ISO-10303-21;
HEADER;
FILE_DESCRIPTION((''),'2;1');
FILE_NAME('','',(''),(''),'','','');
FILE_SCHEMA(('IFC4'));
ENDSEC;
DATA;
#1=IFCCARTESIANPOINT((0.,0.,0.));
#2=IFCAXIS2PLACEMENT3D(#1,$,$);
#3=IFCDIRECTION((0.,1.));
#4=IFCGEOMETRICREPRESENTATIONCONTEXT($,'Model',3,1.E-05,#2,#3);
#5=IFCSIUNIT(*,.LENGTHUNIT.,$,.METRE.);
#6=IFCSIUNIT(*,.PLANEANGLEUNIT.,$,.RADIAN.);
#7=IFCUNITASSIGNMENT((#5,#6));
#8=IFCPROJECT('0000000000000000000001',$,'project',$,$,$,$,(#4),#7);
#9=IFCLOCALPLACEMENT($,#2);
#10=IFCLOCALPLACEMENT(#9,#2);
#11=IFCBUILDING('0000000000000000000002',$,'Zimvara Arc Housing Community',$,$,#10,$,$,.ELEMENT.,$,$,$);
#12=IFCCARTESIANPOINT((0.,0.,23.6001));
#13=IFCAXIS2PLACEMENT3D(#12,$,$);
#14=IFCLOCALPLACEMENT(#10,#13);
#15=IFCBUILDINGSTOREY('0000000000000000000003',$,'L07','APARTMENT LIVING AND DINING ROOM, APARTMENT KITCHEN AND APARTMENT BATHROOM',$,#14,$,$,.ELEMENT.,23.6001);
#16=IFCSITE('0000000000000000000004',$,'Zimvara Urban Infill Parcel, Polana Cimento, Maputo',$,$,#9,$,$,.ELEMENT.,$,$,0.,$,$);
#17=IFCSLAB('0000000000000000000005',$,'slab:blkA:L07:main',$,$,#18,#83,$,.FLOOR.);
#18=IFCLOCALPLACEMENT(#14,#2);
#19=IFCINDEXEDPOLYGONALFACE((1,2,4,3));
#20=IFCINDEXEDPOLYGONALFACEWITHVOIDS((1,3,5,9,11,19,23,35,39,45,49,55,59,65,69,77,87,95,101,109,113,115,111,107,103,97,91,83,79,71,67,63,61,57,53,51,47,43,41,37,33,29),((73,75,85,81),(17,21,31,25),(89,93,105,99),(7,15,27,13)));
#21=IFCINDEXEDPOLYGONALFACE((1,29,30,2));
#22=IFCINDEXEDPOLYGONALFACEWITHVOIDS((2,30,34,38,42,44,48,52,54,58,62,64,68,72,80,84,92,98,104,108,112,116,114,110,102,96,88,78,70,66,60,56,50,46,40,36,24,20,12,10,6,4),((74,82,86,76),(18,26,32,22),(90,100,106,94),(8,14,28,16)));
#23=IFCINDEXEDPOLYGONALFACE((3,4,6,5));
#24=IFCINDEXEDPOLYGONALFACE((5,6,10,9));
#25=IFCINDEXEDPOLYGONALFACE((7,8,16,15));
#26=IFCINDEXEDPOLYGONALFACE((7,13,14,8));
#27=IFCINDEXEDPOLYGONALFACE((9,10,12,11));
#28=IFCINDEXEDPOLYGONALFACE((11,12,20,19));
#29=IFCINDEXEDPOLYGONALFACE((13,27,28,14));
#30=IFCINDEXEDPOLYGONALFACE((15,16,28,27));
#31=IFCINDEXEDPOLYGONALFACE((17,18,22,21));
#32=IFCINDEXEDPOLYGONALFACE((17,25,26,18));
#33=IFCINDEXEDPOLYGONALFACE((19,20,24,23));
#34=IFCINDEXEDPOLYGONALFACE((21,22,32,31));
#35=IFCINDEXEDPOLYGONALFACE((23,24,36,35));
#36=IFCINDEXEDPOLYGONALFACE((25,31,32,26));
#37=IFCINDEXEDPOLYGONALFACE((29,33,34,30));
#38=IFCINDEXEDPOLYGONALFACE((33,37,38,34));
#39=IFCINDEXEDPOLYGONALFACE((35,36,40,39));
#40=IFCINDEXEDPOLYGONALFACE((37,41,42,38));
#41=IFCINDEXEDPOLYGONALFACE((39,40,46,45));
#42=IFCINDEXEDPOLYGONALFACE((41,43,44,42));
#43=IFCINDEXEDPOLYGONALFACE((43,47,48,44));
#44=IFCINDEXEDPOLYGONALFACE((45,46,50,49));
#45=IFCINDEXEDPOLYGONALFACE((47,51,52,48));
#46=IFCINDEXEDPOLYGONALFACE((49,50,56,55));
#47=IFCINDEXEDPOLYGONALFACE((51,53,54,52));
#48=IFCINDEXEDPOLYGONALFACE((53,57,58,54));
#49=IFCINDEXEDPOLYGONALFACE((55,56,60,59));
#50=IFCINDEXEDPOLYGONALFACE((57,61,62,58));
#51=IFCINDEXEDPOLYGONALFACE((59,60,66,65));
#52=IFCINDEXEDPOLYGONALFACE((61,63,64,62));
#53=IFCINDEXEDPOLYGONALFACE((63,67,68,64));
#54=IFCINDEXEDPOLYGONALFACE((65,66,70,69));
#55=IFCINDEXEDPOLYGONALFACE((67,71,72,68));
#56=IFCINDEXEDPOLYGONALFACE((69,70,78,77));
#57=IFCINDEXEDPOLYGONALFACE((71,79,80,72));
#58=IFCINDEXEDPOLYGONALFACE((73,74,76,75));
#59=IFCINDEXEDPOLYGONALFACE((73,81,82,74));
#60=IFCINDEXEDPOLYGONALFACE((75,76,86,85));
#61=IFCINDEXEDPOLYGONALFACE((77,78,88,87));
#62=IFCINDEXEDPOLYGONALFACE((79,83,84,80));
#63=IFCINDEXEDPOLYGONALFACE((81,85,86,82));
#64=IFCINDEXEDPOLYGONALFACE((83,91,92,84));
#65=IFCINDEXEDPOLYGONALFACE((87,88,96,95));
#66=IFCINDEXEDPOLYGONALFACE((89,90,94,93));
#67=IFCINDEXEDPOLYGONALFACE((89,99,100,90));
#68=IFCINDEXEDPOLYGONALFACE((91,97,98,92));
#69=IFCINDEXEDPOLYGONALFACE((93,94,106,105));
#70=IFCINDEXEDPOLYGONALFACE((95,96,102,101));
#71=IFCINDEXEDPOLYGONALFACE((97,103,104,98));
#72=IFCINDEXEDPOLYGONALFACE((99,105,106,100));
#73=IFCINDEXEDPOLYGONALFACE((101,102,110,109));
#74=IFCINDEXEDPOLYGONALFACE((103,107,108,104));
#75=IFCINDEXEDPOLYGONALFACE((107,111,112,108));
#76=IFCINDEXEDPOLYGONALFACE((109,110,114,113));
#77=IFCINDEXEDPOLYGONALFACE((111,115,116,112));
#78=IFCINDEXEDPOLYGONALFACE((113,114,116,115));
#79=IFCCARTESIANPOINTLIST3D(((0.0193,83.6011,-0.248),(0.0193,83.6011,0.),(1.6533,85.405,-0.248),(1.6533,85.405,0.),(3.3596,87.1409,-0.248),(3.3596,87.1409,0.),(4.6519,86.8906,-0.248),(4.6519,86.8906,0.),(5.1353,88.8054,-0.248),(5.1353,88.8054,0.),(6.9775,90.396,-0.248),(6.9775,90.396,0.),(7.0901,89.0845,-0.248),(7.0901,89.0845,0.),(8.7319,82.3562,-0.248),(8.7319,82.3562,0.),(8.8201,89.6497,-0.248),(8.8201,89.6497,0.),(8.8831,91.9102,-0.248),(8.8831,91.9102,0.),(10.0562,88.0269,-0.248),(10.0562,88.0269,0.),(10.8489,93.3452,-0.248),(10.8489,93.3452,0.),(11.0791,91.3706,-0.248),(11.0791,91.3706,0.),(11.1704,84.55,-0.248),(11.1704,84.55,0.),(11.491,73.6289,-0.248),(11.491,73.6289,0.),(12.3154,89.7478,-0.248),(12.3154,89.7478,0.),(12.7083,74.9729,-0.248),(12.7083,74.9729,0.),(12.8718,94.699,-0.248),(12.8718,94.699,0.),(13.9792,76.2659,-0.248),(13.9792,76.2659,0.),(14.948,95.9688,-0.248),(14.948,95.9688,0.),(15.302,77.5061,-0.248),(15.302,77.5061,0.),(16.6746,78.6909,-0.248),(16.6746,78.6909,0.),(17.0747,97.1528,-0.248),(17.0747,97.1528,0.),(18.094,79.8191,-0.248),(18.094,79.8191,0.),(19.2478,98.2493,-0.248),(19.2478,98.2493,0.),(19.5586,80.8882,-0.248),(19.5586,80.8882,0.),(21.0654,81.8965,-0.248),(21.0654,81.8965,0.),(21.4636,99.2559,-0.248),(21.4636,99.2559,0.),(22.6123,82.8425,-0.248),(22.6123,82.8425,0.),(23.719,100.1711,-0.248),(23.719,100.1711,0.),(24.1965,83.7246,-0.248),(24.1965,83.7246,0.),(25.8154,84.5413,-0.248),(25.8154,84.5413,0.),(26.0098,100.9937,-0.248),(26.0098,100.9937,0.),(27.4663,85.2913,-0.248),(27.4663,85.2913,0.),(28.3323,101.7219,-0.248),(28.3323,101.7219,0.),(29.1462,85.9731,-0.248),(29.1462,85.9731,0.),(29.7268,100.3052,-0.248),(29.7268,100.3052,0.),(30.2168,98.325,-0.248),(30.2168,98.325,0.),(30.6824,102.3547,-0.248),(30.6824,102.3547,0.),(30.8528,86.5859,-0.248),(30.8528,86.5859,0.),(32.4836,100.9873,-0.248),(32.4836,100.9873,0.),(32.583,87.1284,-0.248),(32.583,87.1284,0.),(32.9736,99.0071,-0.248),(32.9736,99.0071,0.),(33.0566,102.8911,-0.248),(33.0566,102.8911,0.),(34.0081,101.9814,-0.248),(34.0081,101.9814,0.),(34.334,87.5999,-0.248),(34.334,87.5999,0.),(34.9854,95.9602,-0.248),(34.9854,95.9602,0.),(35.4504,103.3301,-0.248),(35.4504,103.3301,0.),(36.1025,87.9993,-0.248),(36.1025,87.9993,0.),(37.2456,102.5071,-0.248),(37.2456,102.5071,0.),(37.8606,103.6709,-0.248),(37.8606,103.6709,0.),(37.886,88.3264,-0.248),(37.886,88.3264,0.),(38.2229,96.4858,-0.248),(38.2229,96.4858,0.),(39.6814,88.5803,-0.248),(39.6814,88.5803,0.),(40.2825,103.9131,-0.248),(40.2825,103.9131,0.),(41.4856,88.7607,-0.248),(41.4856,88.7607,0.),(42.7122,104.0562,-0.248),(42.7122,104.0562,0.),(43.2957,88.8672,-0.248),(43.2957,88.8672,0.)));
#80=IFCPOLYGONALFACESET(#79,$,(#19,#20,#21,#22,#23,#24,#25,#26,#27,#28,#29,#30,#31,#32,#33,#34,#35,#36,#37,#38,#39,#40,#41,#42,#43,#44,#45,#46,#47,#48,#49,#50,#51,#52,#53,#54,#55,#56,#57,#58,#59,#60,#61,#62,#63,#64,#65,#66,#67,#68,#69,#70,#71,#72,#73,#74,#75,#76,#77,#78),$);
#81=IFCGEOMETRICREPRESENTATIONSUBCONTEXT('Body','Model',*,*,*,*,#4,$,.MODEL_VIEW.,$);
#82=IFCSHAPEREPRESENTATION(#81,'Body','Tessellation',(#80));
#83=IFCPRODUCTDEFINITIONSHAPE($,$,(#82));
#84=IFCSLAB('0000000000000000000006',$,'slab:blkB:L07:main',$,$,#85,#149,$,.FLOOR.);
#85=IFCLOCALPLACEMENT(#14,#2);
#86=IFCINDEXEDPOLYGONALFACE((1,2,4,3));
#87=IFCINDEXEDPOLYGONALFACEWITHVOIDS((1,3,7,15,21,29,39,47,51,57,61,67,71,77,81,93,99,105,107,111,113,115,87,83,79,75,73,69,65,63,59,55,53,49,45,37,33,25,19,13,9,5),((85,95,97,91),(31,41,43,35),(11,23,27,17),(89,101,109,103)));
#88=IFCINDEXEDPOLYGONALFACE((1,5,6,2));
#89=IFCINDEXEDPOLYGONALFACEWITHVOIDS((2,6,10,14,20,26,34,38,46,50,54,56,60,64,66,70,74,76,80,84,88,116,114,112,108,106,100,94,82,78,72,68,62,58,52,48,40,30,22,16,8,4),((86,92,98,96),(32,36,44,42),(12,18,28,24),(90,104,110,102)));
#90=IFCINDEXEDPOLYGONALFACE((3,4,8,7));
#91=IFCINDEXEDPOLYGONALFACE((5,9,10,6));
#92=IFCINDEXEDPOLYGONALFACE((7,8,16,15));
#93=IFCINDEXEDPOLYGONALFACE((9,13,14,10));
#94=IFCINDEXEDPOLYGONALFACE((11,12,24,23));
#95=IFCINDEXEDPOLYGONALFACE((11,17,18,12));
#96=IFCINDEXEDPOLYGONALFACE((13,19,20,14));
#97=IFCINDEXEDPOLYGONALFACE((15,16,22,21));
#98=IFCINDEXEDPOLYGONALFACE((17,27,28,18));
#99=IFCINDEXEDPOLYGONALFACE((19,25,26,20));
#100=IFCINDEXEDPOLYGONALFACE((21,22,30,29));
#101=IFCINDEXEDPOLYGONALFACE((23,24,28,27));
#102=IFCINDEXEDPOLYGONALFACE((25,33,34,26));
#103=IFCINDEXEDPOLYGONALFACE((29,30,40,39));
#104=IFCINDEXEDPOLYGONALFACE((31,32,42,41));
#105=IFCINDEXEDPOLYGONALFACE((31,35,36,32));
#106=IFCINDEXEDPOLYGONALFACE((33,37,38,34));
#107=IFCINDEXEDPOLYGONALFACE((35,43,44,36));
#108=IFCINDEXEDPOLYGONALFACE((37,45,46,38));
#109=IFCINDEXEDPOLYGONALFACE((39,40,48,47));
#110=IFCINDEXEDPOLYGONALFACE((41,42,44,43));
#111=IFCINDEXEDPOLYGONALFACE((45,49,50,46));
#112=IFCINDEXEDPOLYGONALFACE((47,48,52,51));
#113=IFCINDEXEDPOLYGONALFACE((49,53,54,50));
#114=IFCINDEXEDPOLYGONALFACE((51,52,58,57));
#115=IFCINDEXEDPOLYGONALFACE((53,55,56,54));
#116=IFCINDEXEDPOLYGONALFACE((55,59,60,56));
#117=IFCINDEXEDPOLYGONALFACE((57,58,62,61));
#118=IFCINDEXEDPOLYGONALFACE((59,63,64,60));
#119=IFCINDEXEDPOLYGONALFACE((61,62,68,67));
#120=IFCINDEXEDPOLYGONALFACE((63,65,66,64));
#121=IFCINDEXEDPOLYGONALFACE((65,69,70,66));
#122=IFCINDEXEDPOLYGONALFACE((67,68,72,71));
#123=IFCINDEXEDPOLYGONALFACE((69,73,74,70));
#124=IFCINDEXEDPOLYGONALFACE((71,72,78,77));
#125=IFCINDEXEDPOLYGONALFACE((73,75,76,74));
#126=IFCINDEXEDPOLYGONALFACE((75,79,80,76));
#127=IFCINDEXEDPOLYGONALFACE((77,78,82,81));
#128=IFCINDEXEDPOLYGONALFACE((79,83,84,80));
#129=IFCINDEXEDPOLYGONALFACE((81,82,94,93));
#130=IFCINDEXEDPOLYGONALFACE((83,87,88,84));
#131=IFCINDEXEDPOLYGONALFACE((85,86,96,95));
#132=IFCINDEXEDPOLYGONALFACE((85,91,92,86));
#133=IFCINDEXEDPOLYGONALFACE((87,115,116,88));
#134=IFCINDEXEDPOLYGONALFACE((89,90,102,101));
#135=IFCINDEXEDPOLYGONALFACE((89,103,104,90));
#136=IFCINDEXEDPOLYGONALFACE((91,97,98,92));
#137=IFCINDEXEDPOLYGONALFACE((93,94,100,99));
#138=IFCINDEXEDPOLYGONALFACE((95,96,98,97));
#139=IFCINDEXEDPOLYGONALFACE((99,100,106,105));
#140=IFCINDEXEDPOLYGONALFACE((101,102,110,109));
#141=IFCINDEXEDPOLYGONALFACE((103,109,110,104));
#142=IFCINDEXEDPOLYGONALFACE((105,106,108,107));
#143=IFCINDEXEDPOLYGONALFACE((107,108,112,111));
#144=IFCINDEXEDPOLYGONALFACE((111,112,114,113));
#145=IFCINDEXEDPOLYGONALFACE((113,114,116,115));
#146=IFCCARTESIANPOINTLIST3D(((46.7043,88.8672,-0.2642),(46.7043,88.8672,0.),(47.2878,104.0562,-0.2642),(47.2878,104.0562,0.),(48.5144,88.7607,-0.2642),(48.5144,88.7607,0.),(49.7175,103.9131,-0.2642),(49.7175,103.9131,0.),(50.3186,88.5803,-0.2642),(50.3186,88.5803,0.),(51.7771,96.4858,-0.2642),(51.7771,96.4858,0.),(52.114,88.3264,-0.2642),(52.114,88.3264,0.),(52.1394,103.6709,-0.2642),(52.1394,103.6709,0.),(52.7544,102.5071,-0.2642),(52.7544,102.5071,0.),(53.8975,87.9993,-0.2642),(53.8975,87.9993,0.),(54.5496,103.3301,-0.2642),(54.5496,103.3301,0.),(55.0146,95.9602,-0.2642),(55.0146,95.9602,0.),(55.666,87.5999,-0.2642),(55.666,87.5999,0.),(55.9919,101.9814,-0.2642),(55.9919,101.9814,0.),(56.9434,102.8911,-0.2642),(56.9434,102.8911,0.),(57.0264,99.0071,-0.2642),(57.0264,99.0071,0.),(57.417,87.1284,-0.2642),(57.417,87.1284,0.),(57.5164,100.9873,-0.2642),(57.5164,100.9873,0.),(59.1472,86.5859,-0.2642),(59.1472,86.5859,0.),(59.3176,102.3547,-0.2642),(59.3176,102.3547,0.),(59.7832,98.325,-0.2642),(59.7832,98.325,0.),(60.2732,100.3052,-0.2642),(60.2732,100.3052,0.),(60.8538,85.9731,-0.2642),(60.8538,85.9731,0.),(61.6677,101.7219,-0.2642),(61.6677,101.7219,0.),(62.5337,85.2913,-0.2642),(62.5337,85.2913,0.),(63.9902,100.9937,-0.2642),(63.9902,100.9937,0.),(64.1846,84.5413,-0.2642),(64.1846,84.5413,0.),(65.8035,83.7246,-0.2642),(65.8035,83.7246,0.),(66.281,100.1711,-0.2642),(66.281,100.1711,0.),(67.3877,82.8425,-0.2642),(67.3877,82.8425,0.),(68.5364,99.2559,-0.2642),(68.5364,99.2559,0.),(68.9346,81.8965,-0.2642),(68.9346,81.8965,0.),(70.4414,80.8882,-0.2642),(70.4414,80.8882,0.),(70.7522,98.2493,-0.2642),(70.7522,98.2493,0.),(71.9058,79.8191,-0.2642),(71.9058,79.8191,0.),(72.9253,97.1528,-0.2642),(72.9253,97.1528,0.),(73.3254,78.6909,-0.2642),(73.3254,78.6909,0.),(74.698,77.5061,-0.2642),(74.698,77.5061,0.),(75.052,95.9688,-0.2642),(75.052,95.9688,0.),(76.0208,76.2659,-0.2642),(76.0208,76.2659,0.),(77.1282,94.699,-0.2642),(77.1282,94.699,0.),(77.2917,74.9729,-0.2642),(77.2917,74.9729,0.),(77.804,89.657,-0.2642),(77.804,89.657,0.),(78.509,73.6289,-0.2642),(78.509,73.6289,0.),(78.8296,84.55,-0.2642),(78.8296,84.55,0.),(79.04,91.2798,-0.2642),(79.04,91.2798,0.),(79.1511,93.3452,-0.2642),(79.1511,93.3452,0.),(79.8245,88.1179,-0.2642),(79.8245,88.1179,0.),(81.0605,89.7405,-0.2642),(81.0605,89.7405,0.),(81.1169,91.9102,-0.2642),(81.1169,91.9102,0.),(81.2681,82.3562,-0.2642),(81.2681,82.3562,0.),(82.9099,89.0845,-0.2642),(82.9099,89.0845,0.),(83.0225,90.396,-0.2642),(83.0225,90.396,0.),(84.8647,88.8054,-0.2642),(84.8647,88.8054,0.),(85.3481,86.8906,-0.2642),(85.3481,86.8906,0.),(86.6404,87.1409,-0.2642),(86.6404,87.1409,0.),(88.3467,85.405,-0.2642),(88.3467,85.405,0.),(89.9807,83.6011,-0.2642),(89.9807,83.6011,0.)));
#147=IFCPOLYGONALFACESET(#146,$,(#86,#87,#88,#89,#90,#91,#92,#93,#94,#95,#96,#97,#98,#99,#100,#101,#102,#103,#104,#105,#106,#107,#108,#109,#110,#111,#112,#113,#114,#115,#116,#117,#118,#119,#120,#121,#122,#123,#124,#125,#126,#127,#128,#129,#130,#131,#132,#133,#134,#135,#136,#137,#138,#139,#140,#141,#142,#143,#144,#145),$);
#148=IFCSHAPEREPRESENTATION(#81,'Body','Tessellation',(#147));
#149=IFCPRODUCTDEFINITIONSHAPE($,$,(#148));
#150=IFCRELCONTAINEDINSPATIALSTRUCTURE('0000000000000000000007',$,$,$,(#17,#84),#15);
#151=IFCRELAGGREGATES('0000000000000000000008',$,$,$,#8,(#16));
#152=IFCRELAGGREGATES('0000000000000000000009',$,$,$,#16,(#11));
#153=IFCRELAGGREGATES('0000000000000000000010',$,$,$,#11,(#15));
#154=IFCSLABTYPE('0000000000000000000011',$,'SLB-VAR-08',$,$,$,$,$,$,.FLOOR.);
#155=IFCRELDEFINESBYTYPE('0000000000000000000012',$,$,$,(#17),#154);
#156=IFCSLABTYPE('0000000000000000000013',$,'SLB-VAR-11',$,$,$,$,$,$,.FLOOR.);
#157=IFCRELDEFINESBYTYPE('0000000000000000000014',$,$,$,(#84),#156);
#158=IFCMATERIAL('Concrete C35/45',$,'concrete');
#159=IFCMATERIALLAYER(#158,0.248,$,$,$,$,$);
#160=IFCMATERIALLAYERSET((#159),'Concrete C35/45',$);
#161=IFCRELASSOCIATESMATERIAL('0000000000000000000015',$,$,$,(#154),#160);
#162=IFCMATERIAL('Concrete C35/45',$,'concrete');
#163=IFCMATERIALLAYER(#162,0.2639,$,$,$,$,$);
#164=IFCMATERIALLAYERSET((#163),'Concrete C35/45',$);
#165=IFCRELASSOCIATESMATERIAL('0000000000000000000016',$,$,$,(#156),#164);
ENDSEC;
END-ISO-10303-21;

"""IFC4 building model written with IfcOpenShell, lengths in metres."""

from ifc_helpers import new_model, si_unit, direction, frame, origin, place, context, subcontext, project, spatial, polyline, outline, extrude, material, layer, layer_set, type_object, element, save


model = new_model("IFC4")

# Units and contexts
model_context = context("Model", 3, precision=1e-05, world=origin(), true_north=direction((0.0, 1.0)))
body_context = subcontext(model_context, "Body", "Model", "MODEL_VIEW")
ifc_project = project(units=[si_unit("LENGTHUNIT", "METRE"), si_unit("PLANEANGLEUNIT", "RADIAN")], contexts=[model_context])

# Site, building, storey
site_placement = place(None, origin())
site = spatial("IfcSite", under=ifc_project, at=site_placement, Name="Zimvara Urban Infill Parcel, Polana Cimento, Maputo", CompositionType="ELEMENT", RefElevation=0.0)
building_placement = place(site_placement, origin())
building = spatial("IfcBuilding", under=site, at=building_placement, Name="Zimvara Arc Housing Community", CompositionType="ELEMENT")
storey_placement = place(building_placement, frame((0.0, 0.0, 23.6001)))
storey = spatial("IfcBuildingStorey", under=building, at=storey_placement, Name="L07", Description="APARTMENT LIVING AND DINING ROOM, APARTMENT KITCHEN AND APARTMENT BATHROOM", CompositionType="ELEMENT", Elevation=23.6001)

# Slabs
ifc_material_1 = material(Name="Concrete C35/45", Category="concrete")
ifc_layer_1 = layer(ifc_material_1, 0.248)
ifc_layer_set_1 = layer_set([ifc_layer_1], Name="Concrete C35/45")
slab_type_1 = type_object("IfcSlabType", Name="SLB-VAR-08", PredefinedType="FLOOR", material=ifc_layer_set_1)
slab_1_placement = place(storey_placement, frame((0.0, 0.0, -0.248)))
element("IfcSlab", 1, at=slab_1_placement, inside=storey, type_object=slab_type_1, Name="slab:blkA:L07:main", PredefinedType="FLOOR", context=body_context, shape_type="SweptSolid", body=[
    extrude(outline(polyline([(11.491, 73.6289), (12.7083, 74.9729), (13.9792, 76.2659), (15.302, 77.5061), (16.6746, 78.6909), (18.094, 79.8191), (19.5586, 80.8882), (21.0654, 81.8965), (22.6123, 82.8425), (24.1965, 83.7246), (25.8154, 84.5413), (27.4663, 85.2913), (29.1462, 85.9731), (30.8528, 86.5859), (32.583, 87.1284), (34.334, 87.5999), (36.1025, 87.9993), (37.886, 88.3264), (39.6814, 88.5803), (41.4856, 88.7607), (43.2957, 88.8672), (42.7122, 104.0562), (40.2825, 103.9131), (37.8606, 103.6709), (35.4504, 103.3301), (33.0566, 102.8911), (30.6824, 102.3547), (28.3323, 101.7219), (26.0098, 100.9937), (23.719, 100.1711), (21.4636, 99.2559), (19.2478, 98.2493), (17.0747, 97.1528), (14.948, 95.9688), (12.8718, 94.699), (10.8489, 93.3452), (8.8831, 91.9102), (6.9775, 90.396), (5.1353, 88.8054), (3.3596, 87.1409), (1.6533, 85.405), (0.0193, 83.6011), (11.491, 73.6289)]), holes=[polyline([(8.7319, 82.3562), (4.6519, 86.8906), (7.0901, 89.0845), (11.1704, 84.55), (8.7319, 82.3562)]), polyline([(34.9854, 95.9602), (34.0081, 101.9814), (37.2456, 102.5071), (38.2229, 96.4858), (34.9854, 95.9602)]), polyline([(10.0562, 88.0269), (8.8201, 89.6497), (11.0791, 91.3706), (12.3154, 89.7478), (10.0562, 88.0269)]), polyline([(30.2168, 98.325), (29.7268, 100.3052), (32.4836, 100.9873), (32.9736, 99.0071), (30.2168, 98.325)])]), origin(), (0.0, 0.0, 1.0), 0.248),
])
ifc_material_2 = material(Name="Concrete C35/45", Category="concrete")
ifc_layer_2 = layer(ifc_material_2, 0.2639)
ifc_layer_set_2 = layer_set([ifc_layer_2], Name="Concrete C35/45")
slab_type_2 = type_object("IfcSlabType", Name="SLB-VAR-11", PredefinedType="FLOOR", material=ifc_layer_set_2)
slab_2_placement = place(storey_placement, frame((0.0, 0.0, -0.2642)))
element("IfcSlab", 2, at=slab_2_placement, inside=storey, type_object=slab_type_2, Name="slab:blkB:L07:main", PredefinedType="FLOOR", context=body_context, shape_type="SweptSolid", body=[
    extrude(outline(polyline([(46.7043, 88.8672), (48.5144, 88.7607), (50.3186, 88.5803), (52.114, 88.3264), (53.8975, 87.9993), (55.666, 87.5999), (57.417, 87.1284), (59.1472, 86.5859), (60.8538, 85.9731), (62.5337, 85.2913), (64.1846, 84.5413), (65.8035, 83.7246), (67.3877, 82.8425), (68.9346, 81.8965), (70.4414, 80.8882), (71.9058, 79.8191), (73.3254, 78.6909), (74.698, 77.5061), (76.0208, 76.2659), (77.2917, 74.9729), (78.509, 73.6289), (89.9807, 83.6011), (88.3467, 85.405), (86.6404, 87.1409), (84.8647, 88.8054), (83.0225, 90.396), (81.1169, 91.9102), (79.1511, 93.3452), (77.1282, 94.699), (75.052, 95.9688), (72.9253, 97.1528), (70.7522, 98.2493), (68.5364, 99.2559), (66.281, 100.1711), (63.9902, 100.9937), (61.6677, 101.7219), (59.3176, 102.3547), (56.9434, 102.8911), (54.5496, 103.3301), (52.1394, 103.6709), (49.7175, 103.9131), (47.2878, 104.0562), (46.7043, 88.8672)]), holes=[polyline([(51.7771, 96.4858), (52.7544, 102.5071), (55.9919, 101.9814), (55.0146, 95.9602), (51.7771, 96.4858)]), polyline([(78.8296, 84.55), (82.9099, 89.0845), (85.3481, 86.8906), (81.2681, 82.3562), (78.8296, 84.55)]), polyline([(57.0264, 99.0071), (57.5164, 100.9873), (60.2732, 100.3052), (59.7832, 98.325), (57.0264, 99.0071)]), polyline([(77.804, 89.657), (79.04, 91.2798), (81.0605, 89.7405), (79.8245, 88.1179), (77.804, 89.657)])]), origin(), (0.0, 0.0, 1.0), 0.2642),
])

save(model, "model.ifc")
